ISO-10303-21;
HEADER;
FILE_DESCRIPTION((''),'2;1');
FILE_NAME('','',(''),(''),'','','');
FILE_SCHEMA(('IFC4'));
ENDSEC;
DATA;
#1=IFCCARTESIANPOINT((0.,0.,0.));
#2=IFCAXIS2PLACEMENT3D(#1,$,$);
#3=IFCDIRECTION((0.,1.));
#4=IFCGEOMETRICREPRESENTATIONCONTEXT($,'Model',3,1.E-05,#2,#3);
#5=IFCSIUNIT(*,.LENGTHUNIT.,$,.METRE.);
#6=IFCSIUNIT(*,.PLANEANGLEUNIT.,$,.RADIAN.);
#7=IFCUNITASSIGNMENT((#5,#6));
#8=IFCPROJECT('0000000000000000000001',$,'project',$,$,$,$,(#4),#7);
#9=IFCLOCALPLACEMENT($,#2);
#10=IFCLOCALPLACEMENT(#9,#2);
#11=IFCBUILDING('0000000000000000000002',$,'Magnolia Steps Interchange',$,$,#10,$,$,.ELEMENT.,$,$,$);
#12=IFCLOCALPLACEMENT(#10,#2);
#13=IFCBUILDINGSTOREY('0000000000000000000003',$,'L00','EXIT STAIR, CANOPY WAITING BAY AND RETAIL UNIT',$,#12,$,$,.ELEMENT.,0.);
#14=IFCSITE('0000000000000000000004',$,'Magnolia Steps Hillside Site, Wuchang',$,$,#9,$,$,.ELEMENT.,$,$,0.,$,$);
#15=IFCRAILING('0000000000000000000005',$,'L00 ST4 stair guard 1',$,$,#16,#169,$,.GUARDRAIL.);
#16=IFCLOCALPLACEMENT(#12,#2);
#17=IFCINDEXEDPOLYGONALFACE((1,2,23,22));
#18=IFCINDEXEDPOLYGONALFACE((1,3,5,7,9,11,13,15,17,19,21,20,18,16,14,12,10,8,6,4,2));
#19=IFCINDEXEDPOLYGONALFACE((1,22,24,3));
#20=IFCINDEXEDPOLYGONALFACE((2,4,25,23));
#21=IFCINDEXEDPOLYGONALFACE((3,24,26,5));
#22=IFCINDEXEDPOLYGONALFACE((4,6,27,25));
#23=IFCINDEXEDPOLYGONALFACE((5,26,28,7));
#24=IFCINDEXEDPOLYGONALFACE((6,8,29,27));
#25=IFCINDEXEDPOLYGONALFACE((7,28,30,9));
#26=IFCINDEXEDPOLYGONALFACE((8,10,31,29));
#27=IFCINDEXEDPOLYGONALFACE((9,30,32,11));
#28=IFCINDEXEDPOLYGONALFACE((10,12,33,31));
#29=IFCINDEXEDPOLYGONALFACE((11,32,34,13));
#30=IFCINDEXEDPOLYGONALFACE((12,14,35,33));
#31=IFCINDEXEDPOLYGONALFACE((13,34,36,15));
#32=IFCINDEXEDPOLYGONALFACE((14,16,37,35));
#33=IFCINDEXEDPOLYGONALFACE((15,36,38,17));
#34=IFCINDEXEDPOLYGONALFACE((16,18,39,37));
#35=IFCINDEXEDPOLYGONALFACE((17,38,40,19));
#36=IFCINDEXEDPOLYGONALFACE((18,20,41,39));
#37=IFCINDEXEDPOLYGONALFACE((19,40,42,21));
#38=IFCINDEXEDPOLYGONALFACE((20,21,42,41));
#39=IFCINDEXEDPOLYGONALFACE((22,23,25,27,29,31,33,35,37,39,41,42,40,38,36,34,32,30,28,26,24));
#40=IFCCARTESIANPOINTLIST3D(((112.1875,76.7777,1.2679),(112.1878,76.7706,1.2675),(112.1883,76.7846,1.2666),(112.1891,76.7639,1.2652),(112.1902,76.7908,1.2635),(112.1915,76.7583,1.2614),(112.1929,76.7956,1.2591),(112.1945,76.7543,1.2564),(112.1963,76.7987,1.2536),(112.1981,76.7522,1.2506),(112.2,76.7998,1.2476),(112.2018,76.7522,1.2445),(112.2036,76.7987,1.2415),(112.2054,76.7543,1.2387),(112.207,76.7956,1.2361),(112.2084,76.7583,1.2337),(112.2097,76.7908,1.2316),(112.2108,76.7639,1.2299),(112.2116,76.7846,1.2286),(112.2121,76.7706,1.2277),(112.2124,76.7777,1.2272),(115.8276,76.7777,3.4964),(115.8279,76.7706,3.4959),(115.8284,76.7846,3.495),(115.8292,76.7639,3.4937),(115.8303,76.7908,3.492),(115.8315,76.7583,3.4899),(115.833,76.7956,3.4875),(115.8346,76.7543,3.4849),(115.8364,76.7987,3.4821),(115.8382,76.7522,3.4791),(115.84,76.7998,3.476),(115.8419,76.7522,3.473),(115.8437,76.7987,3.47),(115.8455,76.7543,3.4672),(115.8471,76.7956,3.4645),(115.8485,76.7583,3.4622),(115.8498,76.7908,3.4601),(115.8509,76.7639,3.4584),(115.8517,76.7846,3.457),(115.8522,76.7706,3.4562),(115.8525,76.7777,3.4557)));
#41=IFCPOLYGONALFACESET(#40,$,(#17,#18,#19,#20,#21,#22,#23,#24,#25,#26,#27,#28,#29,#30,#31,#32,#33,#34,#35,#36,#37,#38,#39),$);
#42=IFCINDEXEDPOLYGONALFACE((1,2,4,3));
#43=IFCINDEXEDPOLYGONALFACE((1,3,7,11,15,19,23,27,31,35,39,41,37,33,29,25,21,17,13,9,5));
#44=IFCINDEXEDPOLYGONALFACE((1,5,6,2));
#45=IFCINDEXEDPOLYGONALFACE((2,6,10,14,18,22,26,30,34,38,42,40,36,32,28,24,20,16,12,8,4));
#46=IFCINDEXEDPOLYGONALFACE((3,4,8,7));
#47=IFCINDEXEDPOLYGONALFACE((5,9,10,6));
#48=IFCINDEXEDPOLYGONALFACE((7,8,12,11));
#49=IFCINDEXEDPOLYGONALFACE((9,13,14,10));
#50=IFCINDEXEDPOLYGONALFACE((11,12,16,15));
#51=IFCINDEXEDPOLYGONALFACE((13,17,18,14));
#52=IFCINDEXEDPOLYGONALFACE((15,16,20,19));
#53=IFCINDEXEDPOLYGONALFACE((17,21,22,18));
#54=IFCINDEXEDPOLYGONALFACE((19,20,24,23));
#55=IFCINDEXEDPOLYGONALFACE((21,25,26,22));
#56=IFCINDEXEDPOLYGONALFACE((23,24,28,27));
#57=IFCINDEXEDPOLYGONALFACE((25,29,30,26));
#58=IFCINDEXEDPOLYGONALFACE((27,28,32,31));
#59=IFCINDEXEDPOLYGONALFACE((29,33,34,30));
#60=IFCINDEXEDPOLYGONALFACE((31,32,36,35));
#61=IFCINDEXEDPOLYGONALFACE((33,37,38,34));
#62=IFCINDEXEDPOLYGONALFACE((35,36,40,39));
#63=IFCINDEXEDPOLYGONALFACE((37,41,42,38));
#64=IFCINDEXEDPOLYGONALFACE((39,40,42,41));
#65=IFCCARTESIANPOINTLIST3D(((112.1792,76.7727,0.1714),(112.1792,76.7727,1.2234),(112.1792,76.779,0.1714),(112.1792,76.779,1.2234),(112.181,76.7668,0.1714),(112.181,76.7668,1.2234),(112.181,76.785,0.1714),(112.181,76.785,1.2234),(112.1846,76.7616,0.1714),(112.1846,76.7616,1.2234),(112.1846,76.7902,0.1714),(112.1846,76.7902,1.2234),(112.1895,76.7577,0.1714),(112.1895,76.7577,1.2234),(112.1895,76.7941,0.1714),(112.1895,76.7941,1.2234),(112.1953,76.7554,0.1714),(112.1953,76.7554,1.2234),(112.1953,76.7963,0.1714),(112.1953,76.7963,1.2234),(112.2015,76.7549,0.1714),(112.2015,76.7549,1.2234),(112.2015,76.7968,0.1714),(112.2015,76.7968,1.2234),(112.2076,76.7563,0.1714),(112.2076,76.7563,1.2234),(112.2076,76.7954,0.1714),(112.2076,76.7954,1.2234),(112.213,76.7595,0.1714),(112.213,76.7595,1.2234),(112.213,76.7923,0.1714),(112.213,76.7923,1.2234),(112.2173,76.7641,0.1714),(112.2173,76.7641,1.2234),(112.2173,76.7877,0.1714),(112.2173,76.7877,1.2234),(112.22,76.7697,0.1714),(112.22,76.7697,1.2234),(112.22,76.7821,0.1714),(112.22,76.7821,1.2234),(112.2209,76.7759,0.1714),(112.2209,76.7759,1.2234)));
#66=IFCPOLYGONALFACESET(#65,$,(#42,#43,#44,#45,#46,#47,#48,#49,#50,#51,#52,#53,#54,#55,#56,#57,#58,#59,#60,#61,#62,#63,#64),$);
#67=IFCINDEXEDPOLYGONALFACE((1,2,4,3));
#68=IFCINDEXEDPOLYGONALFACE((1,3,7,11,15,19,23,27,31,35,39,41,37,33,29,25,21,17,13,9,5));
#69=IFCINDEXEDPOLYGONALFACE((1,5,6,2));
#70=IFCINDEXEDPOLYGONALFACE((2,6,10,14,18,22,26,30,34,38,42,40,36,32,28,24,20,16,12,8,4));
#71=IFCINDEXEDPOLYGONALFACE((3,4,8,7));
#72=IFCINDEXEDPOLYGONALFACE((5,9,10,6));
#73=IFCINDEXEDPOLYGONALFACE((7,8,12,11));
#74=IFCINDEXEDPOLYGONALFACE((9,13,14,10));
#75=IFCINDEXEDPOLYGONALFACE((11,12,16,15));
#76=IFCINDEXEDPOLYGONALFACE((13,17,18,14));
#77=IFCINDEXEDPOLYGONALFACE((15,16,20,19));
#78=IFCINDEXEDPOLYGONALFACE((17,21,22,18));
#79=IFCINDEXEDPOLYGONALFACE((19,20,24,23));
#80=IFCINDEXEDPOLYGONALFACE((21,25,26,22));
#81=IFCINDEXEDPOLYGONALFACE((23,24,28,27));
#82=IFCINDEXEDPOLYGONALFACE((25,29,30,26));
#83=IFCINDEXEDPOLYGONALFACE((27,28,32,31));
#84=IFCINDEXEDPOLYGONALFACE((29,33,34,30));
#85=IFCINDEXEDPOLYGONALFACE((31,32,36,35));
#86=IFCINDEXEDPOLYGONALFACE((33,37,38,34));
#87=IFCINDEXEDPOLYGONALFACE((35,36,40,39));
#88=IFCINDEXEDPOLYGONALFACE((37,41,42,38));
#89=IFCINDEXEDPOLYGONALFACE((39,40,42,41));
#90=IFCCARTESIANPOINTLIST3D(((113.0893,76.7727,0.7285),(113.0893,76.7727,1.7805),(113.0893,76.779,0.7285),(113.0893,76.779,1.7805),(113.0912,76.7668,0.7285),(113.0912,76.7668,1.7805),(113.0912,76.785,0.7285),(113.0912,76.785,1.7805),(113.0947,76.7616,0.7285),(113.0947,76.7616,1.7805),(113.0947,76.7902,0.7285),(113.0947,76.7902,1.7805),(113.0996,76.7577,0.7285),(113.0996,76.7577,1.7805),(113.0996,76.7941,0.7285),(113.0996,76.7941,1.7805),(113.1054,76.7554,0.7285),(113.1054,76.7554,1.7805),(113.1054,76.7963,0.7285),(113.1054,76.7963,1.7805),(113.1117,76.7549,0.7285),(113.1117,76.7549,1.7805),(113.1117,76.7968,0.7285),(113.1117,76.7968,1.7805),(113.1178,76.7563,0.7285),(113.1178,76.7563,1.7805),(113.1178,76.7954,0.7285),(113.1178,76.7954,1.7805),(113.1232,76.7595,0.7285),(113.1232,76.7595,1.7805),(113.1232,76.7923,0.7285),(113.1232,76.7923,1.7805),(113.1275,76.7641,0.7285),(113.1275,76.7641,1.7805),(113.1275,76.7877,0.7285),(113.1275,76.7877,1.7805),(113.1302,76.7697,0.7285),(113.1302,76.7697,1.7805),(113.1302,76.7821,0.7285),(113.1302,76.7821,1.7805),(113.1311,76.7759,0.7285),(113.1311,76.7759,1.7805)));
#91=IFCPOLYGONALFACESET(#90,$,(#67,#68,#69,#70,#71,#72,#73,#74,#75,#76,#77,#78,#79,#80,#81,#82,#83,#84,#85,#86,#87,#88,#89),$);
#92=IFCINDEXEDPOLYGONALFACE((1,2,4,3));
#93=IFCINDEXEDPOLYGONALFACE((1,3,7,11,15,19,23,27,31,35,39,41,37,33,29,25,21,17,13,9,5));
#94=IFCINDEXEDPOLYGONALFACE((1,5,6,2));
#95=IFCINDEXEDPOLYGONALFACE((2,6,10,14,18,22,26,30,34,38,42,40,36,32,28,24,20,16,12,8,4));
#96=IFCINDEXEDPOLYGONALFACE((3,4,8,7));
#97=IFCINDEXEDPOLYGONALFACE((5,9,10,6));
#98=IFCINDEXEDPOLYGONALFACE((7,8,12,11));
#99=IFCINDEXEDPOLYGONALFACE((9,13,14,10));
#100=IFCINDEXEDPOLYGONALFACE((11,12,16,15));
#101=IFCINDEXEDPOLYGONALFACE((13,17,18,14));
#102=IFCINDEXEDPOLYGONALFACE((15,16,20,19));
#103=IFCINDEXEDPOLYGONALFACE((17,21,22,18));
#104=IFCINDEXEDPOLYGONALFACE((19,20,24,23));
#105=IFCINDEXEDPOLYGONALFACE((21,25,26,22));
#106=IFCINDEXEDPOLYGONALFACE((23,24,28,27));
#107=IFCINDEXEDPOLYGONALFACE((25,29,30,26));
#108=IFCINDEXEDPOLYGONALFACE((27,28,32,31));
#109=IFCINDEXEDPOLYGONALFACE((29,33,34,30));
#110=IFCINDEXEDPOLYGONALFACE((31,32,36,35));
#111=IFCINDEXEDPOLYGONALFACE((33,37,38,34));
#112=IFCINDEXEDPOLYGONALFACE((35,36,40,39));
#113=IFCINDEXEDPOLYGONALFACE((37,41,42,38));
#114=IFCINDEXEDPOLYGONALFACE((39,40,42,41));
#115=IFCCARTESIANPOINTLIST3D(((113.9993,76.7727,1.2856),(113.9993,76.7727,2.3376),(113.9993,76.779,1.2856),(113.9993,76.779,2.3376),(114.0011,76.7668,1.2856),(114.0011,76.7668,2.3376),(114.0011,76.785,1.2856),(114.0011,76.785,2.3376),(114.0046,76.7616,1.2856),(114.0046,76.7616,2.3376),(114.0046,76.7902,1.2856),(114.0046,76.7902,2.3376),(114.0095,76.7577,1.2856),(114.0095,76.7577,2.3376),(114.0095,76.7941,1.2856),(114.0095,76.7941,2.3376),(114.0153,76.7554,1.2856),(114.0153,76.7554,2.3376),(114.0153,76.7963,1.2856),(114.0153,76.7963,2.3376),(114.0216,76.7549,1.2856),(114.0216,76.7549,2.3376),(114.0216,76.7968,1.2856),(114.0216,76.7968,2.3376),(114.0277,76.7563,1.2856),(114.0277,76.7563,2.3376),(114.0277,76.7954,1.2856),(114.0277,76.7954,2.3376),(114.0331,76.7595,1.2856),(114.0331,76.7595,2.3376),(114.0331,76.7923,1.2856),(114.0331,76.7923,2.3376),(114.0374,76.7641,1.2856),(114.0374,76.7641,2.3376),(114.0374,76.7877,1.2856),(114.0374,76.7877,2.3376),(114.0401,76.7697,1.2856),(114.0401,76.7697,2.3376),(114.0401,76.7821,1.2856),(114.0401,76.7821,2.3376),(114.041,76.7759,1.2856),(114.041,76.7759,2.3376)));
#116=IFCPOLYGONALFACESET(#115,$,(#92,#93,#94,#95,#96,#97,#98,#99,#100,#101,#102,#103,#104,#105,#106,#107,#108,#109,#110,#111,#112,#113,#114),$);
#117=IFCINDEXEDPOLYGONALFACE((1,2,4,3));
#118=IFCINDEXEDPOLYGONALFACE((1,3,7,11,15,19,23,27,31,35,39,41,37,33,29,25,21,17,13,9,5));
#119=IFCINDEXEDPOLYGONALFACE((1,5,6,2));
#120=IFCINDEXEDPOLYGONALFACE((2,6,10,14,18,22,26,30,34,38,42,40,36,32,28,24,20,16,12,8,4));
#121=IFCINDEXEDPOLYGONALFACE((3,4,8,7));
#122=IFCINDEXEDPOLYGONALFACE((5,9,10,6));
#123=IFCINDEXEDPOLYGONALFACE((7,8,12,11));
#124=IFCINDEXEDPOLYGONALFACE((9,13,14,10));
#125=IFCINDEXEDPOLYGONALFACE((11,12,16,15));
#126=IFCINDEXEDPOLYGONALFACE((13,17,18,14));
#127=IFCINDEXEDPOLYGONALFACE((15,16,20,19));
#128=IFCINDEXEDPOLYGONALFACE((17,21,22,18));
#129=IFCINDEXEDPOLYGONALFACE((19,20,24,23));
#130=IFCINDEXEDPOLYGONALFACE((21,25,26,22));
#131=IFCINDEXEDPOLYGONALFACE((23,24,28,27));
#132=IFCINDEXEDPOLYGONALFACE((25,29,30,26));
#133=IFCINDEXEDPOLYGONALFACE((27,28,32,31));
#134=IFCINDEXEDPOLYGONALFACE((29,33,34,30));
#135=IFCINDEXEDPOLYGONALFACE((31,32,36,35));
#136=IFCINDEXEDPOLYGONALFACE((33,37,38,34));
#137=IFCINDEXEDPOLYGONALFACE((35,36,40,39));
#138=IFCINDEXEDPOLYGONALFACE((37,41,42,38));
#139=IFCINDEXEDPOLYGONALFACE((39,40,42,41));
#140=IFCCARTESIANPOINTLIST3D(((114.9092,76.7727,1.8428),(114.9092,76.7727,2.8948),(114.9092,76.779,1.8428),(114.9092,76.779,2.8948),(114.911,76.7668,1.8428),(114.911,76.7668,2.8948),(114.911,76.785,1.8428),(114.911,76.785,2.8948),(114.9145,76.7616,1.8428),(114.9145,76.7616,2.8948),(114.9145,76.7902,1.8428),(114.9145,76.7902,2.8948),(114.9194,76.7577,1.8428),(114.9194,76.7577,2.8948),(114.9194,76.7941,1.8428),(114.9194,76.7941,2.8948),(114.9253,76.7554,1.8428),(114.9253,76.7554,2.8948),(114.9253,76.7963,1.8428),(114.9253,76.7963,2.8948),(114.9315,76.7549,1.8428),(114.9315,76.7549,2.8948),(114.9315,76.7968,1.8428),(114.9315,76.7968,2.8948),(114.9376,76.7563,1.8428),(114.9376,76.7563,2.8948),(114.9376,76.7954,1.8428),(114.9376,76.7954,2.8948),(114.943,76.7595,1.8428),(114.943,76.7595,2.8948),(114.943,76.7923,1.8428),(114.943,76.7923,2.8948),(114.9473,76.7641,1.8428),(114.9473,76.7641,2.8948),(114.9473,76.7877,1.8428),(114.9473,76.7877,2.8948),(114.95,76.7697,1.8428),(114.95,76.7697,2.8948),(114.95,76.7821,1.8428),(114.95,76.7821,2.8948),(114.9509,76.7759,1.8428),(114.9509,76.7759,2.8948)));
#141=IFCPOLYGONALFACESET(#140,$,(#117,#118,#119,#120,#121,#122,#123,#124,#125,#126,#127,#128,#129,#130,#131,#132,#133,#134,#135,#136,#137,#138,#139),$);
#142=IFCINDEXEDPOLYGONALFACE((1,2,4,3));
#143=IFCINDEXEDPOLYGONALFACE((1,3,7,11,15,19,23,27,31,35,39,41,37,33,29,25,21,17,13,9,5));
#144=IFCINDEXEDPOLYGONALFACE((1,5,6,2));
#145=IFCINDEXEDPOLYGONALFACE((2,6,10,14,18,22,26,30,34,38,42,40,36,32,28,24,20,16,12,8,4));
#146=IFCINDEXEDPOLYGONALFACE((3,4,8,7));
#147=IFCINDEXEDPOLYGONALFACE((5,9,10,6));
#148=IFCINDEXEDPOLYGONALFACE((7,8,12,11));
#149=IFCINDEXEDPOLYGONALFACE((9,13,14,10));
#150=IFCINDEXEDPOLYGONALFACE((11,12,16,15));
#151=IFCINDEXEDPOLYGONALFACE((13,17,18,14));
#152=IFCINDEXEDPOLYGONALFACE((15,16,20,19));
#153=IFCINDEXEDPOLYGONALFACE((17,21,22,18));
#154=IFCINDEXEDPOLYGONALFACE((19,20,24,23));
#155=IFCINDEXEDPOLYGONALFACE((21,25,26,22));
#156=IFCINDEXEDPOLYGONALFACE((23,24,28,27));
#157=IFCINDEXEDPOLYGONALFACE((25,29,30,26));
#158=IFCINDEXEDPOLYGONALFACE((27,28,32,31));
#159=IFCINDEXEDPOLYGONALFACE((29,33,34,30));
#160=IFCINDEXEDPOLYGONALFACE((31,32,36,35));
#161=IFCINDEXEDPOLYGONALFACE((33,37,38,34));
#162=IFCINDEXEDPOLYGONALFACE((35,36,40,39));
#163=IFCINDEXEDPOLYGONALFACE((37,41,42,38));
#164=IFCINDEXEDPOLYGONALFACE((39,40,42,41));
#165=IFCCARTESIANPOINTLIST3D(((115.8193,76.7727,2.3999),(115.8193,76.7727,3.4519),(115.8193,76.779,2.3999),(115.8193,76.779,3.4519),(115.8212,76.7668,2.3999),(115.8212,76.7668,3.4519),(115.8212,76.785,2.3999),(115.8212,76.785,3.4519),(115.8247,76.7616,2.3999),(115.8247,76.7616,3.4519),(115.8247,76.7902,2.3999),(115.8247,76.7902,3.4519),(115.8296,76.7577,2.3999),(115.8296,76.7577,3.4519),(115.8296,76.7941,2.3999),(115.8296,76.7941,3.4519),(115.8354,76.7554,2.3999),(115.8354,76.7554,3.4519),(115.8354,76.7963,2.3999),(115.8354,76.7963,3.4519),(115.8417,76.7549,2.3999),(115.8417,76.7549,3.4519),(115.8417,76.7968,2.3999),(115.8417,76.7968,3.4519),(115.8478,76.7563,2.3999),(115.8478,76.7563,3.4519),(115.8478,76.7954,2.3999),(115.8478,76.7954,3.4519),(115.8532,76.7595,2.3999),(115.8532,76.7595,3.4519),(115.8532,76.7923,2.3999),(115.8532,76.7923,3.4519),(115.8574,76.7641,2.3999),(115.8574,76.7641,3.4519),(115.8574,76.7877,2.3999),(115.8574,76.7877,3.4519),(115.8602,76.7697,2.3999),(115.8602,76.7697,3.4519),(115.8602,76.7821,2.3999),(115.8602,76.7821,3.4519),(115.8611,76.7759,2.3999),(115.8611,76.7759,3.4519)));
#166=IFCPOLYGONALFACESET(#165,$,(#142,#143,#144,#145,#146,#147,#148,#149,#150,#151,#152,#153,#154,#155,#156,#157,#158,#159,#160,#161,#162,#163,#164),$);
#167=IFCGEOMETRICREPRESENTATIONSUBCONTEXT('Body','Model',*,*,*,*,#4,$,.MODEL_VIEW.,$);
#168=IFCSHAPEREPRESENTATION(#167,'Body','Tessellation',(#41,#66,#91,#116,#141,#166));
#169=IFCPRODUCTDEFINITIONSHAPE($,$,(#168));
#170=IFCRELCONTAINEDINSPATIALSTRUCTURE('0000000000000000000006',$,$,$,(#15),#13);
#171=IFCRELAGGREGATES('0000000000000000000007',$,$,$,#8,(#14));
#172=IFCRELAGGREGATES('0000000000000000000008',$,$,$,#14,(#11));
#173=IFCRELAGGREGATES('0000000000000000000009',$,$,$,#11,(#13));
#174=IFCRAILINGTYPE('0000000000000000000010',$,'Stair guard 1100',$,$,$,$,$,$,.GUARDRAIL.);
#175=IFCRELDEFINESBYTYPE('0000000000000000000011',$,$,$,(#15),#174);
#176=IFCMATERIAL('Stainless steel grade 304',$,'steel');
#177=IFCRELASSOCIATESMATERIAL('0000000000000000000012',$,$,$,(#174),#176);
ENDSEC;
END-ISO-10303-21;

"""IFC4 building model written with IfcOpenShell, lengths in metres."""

from ifc_helpers import new_model, si_unit, direction, frame, origin, origin_2d, place, context, subcontext, project, spatial, circle, extrude, material, type_object, element, save


model = new_model("IFC4")

# Units and contexts
model_context = context("Model", 3, precision=1e-05, world=origin(), true_north=direction((0.0, 1.0)))
body_context = subcontext(model_context, "Body", "Model", "MODEL_VIEW")
ifc_project = project(units=[si_unit("LENGTHUNIT", "METRE"), si_unit("PLANEANGLEUNIT", "RADIAN")], contexts=[model_context])

# Site, building, storey
site_placement = place(None, origin())
site = spatial("IfcSite", under=ifc_project, at=site_placement, Name="Magnolia Steps Hillside Site, Wuchang", CompositionType="ELEMENT", RefElevation=0.0)
building_placement = place(site_placement, origin())
building = spatial("IfcBuilding", under=site, at=building_placement, Name="Magnolia Steps Interchange", CompositionType="ELEMENT")
storey_placement = place(building_placement, origin())
storey = spatial("IfcBuildingStorey", under=building, at=storey_placement, Name="L00", Description="EXIT STAIR, CANOPY WAITING BAY AND RETAIL UNIT", CompositionType="ELEMENT", Elevation=0.0)

# Railing
ifc_material_1 = material(Name="Stainless steel grade 304", Category="steel")
railing_type_1 = type_object("IfcRailingType", Name="Stair guard 1100", PredefinedType="GUARDRAIL", material=ifc_material_1)
railing_1_placement = place(storey_placement, frame((112.2, 76.7759, 0.1714)))
element("IfcRailing", 1, at=railing_1_placement, inside=storey, type_object=railing_type_1, Name="L00 ST4 stair guard 1", PredefinedType="GUARDRAIL", context=body_context, shape_type="SweptSolid", body=[
    extrude(circle(Radius=0.0239, at=origin_2d()), frame((0.0, 0.0, 1.0762), z_axis=(0.852866, 0.0, 0.52213), x_axis=(0.0, 1.0, 0.0)), (0.0, 0.0, 1.0), 4.2681),
    extrude(circle(Radius=0.021, at=origin_2d()), origin(), (0.0, 0.0, 1.0), 1.052),
    extrude(circle(Radius=0.021, at=origin_2d()), frame((0.9102, 0.0, 0.5571)), (0.0, 0.0, 1.0), 1.052),
    extrude(circle(Radius=0.021, at=origin_2d()), frame((1.8201, 0.0, 1.1143)), (0.0, 0.0, 1.0), 1.052),
    extrude(circle(Radius=0.021, at=origin_2d()), frame((2.73, 0.0, 1.6714)), (0.0, 0.0, 1.0), 1.052),
    extrude(circle(Radius=0.021, at=origin_2d()), frame((3.6401, 0.0, 2.2285)), (0.0, 0.0, 1.0), 1.052),
])

save(model, "model.ifc")
